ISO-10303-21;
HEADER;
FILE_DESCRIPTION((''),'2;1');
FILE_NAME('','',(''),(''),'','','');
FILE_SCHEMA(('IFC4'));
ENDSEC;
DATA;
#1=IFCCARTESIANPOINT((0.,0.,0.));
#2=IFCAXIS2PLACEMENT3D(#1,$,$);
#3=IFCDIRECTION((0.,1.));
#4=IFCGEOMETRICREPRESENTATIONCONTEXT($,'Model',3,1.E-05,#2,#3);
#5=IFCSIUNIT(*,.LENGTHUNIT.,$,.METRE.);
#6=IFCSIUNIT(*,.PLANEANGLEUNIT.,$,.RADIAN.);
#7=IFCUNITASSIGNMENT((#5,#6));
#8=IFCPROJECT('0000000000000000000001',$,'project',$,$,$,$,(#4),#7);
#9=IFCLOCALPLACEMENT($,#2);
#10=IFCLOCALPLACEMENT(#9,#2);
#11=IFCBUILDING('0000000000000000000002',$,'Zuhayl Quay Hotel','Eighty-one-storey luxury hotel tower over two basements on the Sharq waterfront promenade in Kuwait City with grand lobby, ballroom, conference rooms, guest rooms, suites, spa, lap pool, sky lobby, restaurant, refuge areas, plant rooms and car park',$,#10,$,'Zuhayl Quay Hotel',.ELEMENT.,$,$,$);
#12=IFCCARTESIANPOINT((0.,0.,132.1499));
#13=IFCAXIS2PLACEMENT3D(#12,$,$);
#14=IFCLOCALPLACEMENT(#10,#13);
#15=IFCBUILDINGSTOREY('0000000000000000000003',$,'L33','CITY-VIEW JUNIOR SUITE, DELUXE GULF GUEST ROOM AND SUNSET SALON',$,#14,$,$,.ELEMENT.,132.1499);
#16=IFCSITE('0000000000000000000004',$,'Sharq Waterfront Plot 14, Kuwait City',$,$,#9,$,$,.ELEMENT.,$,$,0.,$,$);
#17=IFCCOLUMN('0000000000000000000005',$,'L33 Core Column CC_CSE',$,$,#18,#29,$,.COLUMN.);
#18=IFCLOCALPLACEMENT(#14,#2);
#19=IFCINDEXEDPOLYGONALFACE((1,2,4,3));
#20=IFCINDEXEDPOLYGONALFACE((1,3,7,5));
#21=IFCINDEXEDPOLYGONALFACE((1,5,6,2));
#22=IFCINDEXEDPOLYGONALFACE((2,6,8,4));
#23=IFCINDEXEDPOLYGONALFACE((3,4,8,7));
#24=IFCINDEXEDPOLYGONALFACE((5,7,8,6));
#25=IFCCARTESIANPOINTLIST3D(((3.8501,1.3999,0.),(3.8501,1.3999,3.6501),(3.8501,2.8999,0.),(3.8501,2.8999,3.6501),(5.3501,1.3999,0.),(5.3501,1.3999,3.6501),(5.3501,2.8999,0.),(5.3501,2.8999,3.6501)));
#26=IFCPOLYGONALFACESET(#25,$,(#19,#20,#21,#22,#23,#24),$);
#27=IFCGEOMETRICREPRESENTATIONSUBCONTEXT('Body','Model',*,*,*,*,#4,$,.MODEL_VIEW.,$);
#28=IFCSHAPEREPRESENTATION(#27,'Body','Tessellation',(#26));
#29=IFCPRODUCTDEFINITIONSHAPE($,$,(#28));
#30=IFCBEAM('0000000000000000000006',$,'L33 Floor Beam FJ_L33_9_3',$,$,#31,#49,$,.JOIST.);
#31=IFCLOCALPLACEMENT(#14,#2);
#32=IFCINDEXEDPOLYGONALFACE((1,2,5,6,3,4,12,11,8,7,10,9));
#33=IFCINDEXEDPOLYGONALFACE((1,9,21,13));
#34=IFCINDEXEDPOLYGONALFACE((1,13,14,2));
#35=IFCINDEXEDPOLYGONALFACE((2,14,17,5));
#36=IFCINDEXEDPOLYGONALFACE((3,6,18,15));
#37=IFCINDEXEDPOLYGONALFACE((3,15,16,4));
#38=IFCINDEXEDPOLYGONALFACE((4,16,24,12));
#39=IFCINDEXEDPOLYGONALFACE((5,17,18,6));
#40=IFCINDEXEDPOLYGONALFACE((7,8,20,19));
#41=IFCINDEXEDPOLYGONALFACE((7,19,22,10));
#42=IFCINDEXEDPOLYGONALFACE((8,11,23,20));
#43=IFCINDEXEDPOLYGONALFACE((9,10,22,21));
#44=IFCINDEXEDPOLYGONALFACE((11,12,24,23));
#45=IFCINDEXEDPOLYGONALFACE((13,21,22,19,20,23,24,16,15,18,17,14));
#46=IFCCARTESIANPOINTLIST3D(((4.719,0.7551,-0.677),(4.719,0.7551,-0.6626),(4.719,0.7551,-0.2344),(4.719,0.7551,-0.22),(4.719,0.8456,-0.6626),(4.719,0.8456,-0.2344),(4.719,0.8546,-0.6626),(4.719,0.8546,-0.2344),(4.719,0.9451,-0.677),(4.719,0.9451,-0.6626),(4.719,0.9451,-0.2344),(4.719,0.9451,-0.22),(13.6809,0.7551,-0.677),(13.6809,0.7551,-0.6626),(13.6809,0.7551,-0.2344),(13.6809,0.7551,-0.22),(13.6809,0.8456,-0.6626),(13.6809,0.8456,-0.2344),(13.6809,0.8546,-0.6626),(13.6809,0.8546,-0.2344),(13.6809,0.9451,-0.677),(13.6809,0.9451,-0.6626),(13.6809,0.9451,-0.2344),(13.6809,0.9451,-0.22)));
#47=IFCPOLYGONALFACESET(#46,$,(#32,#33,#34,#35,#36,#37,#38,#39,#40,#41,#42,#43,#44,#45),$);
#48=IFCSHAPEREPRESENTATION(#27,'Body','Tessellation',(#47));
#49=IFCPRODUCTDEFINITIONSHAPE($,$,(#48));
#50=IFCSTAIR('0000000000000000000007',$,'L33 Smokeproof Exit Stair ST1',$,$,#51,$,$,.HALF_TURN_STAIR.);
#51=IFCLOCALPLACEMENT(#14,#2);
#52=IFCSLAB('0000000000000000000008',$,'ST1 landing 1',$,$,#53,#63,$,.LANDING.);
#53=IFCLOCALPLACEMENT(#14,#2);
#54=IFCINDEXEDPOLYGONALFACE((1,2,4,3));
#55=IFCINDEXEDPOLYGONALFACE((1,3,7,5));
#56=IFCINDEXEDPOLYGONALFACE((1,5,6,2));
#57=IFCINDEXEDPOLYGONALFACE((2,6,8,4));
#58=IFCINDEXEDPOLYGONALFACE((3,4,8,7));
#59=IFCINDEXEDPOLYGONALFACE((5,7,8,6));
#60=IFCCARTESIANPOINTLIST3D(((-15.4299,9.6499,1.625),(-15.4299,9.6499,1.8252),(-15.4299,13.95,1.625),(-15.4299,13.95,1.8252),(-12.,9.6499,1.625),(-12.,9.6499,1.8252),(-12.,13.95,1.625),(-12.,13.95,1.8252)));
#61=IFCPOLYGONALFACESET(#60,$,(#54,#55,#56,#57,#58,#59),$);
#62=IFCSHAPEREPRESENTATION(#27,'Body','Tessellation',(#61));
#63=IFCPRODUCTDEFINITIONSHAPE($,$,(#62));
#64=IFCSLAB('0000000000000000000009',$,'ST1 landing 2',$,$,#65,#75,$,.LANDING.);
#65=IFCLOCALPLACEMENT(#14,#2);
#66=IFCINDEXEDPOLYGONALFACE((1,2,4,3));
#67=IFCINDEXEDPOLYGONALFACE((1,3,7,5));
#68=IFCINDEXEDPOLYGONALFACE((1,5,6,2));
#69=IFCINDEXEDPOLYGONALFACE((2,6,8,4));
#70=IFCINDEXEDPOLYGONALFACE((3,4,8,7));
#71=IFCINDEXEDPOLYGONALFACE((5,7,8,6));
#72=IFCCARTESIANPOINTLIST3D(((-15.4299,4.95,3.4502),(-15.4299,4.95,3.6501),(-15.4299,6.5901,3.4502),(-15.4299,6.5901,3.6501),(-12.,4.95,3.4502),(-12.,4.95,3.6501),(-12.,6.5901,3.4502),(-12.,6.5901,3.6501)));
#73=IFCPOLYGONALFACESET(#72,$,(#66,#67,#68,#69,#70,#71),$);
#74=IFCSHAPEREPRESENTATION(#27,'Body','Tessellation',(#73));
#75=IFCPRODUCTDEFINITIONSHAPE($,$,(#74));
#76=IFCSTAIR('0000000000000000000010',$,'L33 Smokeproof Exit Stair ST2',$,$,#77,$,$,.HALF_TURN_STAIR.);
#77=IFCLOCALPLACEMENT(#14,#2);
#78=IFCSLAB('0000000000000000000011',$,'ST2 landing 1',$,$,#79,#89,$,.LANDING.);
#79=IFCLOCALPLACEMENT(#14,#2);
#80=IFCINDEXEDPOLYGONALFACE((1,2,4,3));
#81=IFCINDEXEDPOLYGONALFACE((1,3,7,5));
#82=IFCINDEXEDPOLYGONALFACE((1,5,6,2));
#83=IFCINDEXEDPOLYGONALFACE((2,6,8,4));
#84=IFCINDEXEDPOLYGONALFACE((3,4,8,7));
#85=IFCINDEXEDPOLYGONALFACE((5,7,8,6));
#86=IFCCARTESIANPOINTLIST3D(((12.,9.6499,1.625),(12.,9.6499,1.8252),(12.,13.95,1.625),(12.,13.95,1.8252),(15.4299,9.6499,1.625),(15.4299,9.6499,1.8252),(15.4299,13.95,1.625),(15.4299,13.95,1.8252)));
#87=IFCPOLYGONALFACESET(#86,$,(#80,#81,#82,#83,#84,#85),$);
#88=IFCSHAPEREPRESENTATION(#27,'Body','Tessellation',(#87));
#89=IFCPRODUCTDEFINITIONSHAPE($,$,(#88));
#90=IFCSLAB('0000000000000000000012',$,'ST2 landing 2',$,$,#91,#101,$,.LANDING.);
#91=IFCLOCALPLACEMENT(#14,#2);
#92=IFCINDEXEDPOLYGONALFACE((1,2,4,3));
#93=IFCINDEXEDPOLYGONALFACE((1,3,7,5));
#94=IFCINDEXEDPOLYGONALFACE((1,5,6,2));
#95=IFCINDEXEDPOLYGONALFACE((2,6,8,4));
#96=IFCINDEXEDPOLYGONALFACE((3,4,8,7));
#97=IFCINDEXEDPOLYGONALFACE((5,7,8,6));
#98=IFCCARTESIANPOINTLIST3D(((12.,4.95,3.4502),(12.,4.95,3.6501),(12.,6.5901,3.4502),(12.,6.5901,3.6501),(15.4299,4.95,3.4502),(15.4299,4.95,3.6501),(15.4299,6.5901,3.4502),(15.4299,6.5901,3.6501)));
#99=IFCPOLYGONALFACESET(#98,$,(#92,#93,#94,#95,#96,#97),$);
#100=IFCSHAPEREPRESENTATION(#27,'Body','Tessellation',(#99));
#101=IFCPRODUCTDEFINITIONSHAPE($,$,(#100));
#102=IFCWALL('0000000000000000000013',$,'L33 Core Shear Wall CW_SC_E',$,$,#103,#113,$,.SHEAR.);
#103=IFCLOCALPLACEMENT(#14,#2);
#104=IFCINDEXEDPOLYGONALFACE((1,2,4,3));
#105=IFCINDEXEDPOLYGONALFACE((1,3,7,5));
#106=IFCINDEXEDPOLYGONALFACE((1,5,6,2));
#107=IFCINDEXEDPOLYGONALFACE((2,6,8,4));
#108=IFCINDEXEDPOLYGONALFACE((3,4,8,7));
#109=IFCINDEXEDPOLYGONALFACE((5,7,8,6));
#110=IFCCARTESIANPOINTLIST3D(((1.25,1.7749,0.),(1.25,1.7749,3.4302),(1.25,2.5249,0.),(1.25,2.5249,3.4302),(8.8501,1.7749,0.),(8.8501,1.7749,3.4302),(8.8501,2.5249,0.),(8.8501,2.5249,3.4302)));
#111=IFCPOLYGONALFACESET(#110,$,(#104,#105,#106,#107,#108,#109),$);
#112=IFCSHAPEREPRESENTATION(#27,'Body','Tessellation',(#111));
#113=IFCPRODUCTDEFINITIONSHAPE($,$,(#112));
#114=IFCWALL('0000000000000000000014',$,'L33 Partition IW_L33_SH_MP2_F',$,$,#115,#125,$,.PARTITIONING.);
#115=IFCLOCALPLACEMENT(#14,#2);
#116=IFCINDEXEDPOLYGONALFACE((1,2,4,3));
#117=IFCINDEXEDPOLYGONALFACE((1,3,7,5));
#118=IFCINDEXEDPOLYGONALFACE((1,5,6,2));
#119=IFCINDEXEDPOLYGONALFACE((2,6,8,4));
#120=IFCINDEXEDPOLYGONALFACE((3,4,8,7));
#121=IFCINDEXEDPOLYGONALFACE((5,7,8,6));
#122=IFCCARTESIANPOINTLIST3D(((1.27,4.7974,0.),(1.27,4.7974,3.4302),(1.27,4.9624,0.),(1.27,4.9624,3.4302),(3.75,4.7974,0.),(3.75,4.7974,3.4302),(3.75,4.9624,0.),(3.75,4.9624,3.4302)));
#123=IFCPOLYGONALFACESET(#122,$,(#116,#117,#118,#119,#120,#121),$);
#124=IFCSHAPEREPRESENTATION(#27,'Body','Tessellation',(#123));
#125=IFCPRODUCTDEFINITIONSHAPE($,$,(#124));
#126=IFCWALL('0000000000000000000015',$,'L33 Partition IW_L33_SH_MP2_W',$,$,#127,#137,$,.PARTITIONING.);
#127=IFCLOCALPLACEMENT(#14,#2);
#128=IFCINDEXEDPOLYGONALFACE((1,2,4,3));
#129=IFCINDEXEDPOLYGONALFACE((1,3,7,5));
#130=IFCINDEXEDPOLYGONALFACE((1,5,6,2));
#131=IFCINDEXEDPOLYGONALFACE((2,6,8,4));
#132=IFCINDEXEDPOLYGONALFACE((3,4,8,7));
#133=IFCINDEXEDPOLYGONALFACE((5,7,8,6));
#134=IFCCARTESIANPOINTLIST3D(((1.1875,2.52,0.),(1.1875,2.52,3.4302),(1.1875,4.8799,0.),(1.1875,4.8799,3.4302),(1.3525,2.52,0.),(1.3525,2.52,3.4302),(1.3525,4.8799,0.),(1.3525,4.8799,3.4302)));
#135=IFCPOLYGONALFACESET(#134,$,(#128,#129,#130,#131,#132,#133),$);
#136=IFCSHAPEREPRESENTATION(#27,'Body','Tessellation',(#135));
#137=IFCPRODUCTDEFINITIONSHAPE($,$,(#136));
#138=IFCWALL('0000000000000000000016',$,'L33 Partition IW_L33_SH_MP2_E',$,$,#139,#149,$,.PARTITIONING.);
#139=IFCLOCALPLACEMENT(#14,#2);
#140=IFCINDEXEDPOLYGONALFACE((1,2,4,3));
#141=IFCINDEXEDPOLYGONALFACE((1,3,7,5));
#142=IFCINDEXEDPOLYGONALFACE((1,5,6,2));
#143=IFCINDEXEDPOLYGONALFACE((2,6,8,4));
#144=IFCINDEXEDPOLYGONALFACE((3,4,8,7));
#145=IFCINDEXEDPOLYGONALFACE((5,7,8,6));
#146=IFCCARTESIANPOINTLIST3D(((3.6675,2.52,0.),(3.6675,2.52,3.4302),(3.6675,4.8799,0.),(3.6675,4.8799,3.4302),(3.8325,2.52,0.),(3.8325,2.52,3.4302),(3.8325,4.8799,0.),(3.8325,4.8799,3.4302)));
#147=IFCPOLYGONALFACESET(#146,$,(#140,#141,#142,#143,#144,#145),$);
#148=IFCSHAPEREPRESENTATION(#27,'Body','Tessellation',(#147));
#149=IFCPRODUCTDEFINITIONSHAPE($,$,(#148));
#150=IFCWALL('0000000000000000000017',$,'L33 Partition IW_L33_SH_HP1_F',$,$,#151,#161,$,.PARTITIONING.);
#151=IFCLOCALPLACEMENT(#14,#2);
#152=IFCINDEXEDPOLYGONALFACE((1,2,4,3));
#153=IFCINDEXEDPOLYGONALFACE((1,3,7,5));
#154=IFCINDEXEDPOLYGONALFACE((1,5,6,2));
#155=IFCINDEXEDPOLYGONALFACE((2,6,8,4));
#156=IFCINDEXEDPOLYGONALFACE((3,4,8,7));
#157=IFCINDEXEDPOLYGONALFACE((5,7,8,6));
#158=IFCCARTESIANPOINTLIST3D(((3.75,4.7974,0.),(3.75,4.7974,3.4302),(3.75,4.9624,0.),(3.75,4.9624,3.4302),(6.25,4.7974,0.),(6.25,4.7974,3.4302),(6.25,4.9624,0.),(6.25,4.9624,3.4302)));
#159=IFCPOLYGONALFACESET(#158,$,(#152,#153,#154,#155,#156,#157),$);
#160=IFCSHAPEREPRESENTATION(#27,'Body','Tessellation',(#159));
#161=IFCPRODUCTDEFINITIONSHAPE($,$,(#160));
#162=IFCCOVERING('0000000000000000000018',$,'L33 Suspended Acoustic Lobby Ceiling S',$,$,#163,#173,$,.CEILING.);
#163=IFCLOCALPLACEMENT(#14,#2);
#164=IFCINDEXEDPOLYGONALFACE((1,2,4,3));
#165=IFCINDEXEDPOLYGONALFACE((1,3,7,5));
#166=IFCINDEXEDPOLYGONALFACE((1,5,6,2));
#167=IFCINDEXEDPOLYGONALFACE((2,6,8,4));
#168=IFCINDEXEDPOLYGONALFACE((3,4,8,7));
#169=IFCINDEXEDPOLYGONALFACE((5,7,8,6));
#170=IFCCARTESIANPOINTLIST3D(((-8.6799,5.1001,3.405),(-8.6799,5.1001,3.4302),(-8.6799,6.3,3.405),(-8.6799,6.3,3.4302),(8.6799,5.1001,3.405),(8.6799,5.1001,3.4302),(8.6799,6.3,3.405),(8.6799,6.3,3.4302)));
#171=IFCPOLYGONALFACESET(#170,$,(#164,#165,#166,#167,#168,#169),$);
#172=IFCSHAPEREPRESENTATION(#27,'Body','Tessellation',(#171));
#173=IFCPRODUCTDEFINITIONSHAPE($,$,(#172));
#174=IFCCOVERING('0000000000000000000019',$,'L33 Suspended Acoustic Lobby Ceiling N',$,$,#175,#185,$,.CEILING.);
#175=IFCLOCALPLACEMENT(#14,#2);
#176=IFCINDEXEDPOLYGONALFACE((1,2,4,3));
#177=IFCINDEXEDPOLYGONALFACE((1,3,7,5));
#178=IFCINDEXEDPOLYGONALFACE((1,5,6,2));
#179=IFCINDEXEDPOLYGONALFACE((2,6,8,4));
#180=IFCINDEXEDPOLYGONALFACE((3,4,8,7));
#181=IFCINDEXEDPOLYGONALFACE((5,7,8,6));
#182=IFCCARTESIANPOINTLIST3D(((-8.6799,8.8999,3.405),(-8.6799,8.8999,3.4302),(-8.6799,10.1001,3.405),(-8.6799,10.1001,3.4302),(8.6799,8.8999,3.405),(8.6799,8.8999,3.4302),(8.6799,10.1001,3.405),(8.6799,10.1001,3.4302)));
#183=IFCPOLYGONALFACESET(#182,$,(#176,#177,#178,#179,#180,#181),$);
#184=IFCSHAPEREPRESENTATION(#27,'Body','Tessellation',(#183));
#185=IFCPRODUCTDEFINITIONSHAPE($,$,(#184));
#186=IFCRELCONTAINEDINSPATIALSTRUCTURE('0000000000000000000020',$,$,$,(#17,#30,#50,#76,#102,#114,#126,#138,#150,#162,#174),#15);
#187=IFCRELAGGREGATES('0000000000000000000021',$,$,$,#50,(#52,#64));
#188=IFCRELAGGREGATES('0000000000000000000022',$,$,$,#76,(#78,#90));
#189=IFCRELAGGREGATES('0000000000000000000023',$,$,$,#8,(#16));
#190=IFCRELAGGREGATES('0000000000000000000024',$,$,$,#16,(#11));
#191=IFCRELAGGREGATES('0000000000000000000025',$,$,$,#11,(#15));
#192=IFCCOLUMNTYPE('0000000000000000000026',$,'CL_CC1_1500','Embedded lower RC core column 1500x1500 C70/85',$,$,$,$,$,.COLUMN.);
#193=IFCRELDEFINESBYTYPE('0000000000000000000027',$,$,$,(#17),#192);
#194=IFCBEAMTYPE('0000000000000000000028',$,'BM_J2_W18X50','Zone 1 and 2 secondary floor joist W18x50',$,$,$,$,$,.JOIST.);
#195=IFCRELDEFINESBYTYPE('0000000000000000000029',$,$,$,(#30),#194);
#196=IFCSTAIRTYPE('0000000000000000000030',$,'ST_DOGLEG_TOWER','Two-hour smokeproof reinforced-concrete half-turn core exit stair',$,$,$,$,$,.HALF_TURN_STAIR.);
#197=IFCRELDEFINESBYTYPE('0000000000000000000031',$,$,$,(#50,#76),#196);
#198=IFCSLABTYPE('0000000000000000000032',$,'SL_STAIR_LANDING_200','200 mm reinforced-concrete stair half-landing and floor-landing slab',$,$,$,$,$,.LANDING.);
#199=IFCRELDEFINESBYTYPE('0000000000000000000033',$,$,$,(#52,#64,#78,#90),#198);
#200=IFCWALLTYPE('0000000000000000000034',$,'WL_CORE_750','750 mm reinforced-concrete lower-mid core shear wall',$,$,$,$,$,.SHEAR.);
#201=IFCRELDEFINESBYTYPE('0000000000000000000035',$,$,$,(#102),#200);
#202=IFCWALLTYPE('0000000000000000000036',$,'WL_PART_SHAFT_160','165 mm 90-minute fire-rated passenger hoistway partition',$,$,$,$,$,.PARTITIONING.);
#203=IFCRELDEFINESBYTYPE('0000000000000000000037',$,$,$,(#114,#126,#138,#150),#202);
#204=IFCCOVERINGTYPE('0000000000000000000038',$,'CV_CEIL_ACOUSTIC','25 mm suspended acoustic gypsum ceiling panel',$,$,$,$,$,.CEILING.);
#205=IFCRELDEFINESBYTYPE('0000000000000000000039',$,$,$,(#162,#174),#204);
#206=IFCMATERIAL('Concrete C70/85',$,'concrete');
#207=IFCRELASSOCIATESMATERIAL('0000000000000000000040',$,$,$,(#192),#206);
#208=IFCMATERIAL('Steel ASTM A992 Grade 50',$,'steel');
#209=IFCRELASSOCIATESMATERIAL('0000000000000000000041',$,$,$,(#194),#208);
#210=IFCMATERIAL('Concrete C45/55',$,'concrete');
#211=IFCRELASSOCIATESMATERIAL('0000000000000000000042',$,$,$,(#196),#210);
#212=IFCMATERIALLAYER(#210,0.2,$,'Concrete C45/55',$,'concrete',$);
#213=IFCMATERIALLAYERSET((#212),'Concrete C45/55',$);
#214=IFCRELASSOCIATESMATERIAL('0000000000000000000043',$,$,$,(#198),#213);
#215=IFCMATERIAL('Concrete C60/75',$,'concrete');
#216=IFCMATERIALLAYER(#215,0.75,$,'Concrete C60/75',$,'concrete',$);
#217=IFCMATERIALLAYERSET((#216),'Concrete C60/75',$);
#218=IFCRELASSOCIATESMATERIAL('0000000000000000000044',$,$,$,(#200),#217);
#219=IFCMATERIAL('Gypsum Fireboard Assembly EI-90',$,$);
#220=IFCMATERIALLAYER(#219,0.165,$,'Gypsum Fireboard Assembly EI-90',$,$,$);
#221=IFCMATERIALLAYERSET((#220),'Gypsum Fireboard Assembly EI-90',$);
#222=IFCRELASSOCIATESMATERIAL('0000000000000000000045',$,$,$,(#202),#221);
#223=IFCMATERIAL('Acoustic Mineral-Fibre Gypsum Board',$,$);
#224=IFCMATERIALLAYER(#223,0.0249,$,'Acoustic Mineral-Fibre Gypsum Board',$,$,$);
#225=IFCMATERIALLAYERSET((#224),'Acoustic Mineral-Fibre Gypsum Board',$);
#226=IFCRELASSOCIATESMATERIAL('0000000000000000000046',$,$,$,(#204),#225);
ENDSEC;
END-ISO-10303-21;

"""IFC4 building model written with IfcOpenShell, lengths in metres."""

from ifc_helpers import new_model, si_unit, direction, frame, frame_2d, origin, origin_2d, place, context, subcontext, project, spatial, polyline, rectangle, i_section, outline, extrude, material, layer, layer_set, material_profile, profile_set, type_object, element, aggregate, save


model = new_model("IFC4")

# Units and contexts
model_context = context("Model", 3, precision=1e-05, world=origin(), true_north=direction((0.0, 1.0)))
body_context = subcontext(model_context, "Body", "Model", "MODEL_VIEW")
ifc_project = project(units=[si_unit("LENGTHUNIT", "METRE"), si_unit("PLANEANGLEUNIT", "RADIAN")], contexts=[model_context])

# Site, building, storey
site_placement = place(None, origin())
site = spatial("IfcSite", under=ifc_project, at=site_placement, Name="Sharq Waterfront Plot 14, Kuwait City", CompositionType="ELEMENT", RefElevation=0.0)
building_placement = place(site_placement, origin())
building = spatial("IfcBuilding", under=site, at=building_placement, Name="Zuhayl Quay Hotel", Description="Eighty-one-storey luxury hotel tower over two basements on the Sharq waterfront promenade in Kuwait City with grand lobby, ballroom, conference rooms, guest rooms, suites, spa, lap pool, sky lobby, restaurant, refuge areas, plant rooms and car park", LongName="Zuhayl Quay Hotel", CompositionType="ELEMENT")
storey_placement = place(building_placement, frame((0.0, 0.0, 132.1499)))
storey = spatial("IfcBuildingStorey", under=building, at=storey_placement, Name="L33", Description="CITY-VIEW JUNIOR SUITE, DELUXE GULF GUEST ROOM AND SUNSET SALON", CompositionType="ELEMENT", Elevation=132.1499)

# Column
ifc_material_1 = material(Name="Concrete C70/85", Category="concrete")
ifc_material_profile_1 = material_profile(ifc_material_1, rectangle(XDim=1.5, YDim=1.5, at=origin_2d()), Name="RC1500X1500")
ifc_profile_set_1 = profile_set([ifc_material_profile_1], Name="Concrete C70/85")
column_type = type_object("IfcColumnType", Name="CL_CC1_1500", Description="Embedded lower RC core column 1500x1500 C70/85", PredefinedType="COLUMN", material=ifc_profile_set_1)
column_placement = place(storey_placement, frame((4.6001, 2.1499, 0.0), z_axis=(0.0, 0.0, 1.0), x_axis=(1.0, 0.0, 0.0)))
element("IfcColumn", 1, at=column_placement, inside=storey, type_object=column_type, Name="L33 Core Column CC_CSE", PredefinedType="COLUMN", context=body_context, shape_type="SweptSolid", body=[
    extrude(rectangle(XDim=1.5, YDim=1.5, at=origin_2d()), origin(), (0.0, 0.0, 1.0), 3.6501),
])

# Beam
ifc_material_2 = material(Name="Steel ASTM A992 Grade 50", Category="steel")
ifc_material_profile_2 = material_profile(ifc_material_2, i_section(OverallWidth=0.1899, OverallDepth=0.457, WebThickness=0.009, FlangeThickness=0.0144, at=origin_2d()), Name="W18X50")
ifc_profile_set_2 = profile_set([ifc_material_profile_2], Name="Steel ASTM A992 Grade 50")
beam_type = type_object("IfcBeamType", Name="BM_J2_W18X50", Description="Zone 1 and 2 secondary floor joist W18x50", PredefinedType="JOIST", material=ifc_profile_set_2)
beam_placement = place(storey_placement, frame((4.719, 0.8501, -0.4485), z_axis=(1.0, 0.0, 0.0), x_axis=(0.0, 1.0, 0.0)))
element("IfcBeam", 2, at=beam_placement, inside=storey, type_object=beam_type, Name="L33 Floor Beam FJ_L33_9_3", PredefinedType="JOIST", context=body_context, shape_type="SweptSolid", body=[
    extrude(i_section(OverallWidth=0.1899, OverallDepth=0.457, WebThickness=0.009, FlangeThickness=0.0144, at=origin_2d()), origin(), (0.0, 0.0, 1.0), 8.9619),
])

# Stairs, slabs
ifc_material_3 = material(Name="Concrete C45/55", Category="concrete")
stair_type = type_object("IfcStairType", Name="ST_DOGLEG_TOWER", Description="Two-hour smokeproof reinforced-concrete half-turn core exit stair", PredefinedType="HALF_TURN_STAIR", material=ifc_material_3)
stair_1_placement = place(storey_placement, origin())
stair_1 = element("IfcStair", 3, at=stair_1_placement, inside=storey, type_object=stair_type, Name="L33 Smokeproof Exit Stair ST1", PredefinedType="HALF_TURN_STAIR")
ifc_layer_1 = layer(ifc_material_3, 0.2, Name="Concrete C45/55", Category="concrete")
ifc_layer_set_1 = layer_set([ifc_layer_1], Name="Concrete C45/55")
slab_type = type_object("IfcSlabType", Name="SL_STAIR_LANDING_200", Description="200 mm reinforced-concrete stair half-landing and floor-landing slab", PredefinedType="LANDING", material=ifc_layer_set_1)
slab_1_placement = place(storey_placement, frame((0.0, 0.0, 1.625)))
slab_1 = element("IfcSlab", 4, at=slab_1_placement, type_object=slab_type, Name="ST1 landing 1", PredefinedType="LANDING", context=body_context, shape_type="SweptSolid", body=[
    extrude(outline(polyline([(-12.0, 9.6499), (-12.0, 13.95), (-15.4299, 13.95), (-15.4299, 9.6499), (-12.0, 9.6499)])), origin(), (0.0, 0.0, 1.0), 0.2002),
])
slab_2_placement = place(storey_placement, frame((0.0, 0.0, 3.4502)))
slab_2 = element("IfcSlab", 5, at=slab_2_placement, type_object=slab_type, Name="ST1 landing 2", PredefinedType="LANDING", context=body_context, shape_type="SweptSolid", body=[
    extrude(outline(polyline([(-12.0, 4.95), (-12.0, 6.5901), (-15.4299, 6.5901), (-15.4299, 4.95), (-12.0, 4.95)])), origin(), (0.0, 0.0, 1.0), 0.2),
])
aggregate(stair_1, [slab_1, slab_2])
stair_2_placement = place(storey_placement, origin())
stair_2 = element("IfcStair", 6, at=stair_2_placement, inside=storey, type_object=stair_type, Name="L33 Smokeproof Exit Stair ST2", PredefinedType="HALF_TURN_STAIR")
slab_3_placement = place(storey_placement, frame((0.0, 0.0, 1.625)))
slab_3 = element("IfcSlab", 7, at=slab_3_placement, type_object=slab_type, Name="ST2 landing 1", PredefinedType="LANDING", context=body_context, shape_type="SweptSolid", body=[
    extrude(outline(polyline([(15.4299, 9.6499), (15.4299, 13.95), (12.0, 13.95), (12.0, 9.6499), (15.4299, 9.6499)])), origin(), (0.0, 0.0, 1.0), 0.2002),
])
slab_4_placement = place(storey_placement, frame((0.0, 0.0, 3.4502)))
slab_4 = element("IfcSlab", 8, at=slab_4_placement, type_object=slab_type, Name="ST2 landing 2", PredefinedType="LANDING", context=body_context, shape_type="SweptSolid", body=[
    extrude(outline(polyline([(15.4299, 4.95), (15.4299, 6.5901), (12.0, 6.5901), (12.0, 4.95), (15.4299, 4.95)])), origin(), (0.0, 0.0, 1.0), 0.2),
])
aggregate(stair_2, [slab_3, slab_4])

# Walls
ifc_material_4 = material(Name="Concrete C60/75", Category="concrete")
ifc_layer_2 = layer(ifc_material_4, 0.75, Name="Concrete C60/75", Category="concrete")
ifc_layer_set_2 = layer_set([ifc_layer_2], Name="Concrete C60/75")
wall_type_1 = type_object("IfcWallType", Name="WL_CORE_750", Description="750 mm reinforced-concrete lower-mid core shear wall", PredefinedType="SHEAR", material=ifc_layer_set_2)
wall_1_placement = place(storey_placement, frame((1.25, 2.1499, 0.0), z_axis=(0.0, 0.0, 1.0), x_axis=(1.0, 0.0, 0.0)))
element("IfcWall", 9, at=wall_1_placement, inside=storey, type_object=wall_type_1, Name="L33 Core Shear Wall CW_SC_E", PredefinedType="SHEAR", context=body_context, shape_type="SweptSolid", body=[
    extrude(rectangle(XDim=7.6001, YDim=0.75, at=frame_2d((3.8, 0.0))), origin(), (0.0, 0.0, 1.0), 3.4302),
])
ifc_material_5 = material(Name="Gypsum Fireboard Assembly EI-90")
ifc_layer_3 = layer(ifc_material_5, 0.165, Name="Gypsum Fireboard Assembly EI-90")
ifc_layer_set_3 = layer_set([ifc_layer_3], Name="Gypsum Fireboard Assembly EI-90")
wall_type_2 = type_object("IfcWallType", Name="WL_PART_SHAFT_160", Description="165 mm 90-minute fire-rated passenger hoistway partition", PredefinedType="PARTITIONING", material=ifc_layer_set_3)
wall_2_placement = place(storey_placement, frame((1.27, 4.8799, 0.0), z_axis=(0.0, 0.0, 1.0), x_axis=(1.0, 0.0, 0.0)))
element("IfcWall", 10, at=wall_2_placement, inside=storey, type_object=wall_type_2, Name="L33 Partition IW_L33_SH_MP2_F", PredefinedType="PARTITIONING", context=body_context, shape_type="SweptSolid", body=[
    extrude(rectangle(XDim=2.48, YDim=0.165, at=frame_2d((1.24, 0.0))), origin(), (0.0, 0.0, 1.0), 3.4302),
])
for number, where, z_axis, x_axis, name in (
    (11, (1.27, 2.52, 0.0), (0.0, 0.0, 1.0), (0.0, 1.0, 0.0), "L33 Partition IW_L33_SH_MP2_W"),
    (12, (3.75, 2.52, 0.0), (0.0, 0.0, 1.0), (0.0, 1.0, 0.0), "L33 Partition IW_L33_SH_MP2_E"),
):
    element("IfcWall", number, at=place(storey_placement, frame(where, z_axis=z_axis, x_axis=x_axis)), inside=storey, type_object=wall_type_2, Name=name, PredefinedType="PARTITIONING", context=body_context, shape_type="SweptSolid", body=[
        extrude(rectangle(XDim=2.3599, YDim=0.165, at=frame_2d((1.1799, 0.0))), origin(), (0.0, 0.0, 1.0), 3.4302),
    ])
wall_3_placement = place(storey_placement, frame((3.75, 4.8799, 0.0), z_axis=(0.0, 0.0, 1.0), x_axis=(1.0, 0.0, 0.0)))
element("IfcWall", 13, at=wall_3_placement, inside=storey, type_object=wall_type_2, Name="L33 Partition IW_L33_SH_HP1_F", PredefinedType="PARTITIONING", context=body_context, shape_type="SweptSolid", body=[
    extrude(rectangle(XDim=2.5, YDim=0.165, at=frame_2d((1.25, 0.0))), origin(), (0.0, 0.0, 1.0), 3.4302),
])

# Coverings
ifc_material_6 = material(Name="Acoustic Mineral-Fibre Gypsum Board")
ifc_layer_4 = layer(ifc_material_6, 0.0249, Name="Acoustic Mineral-Fibre Gypsum Board")
ifc_layer_set_4 = layer_set([ifc_layer_4], Name="Acoustic Mineral-Fibre Gypsum Board")
covering_type_1 = type_object("IfcCoveringType", Name="CV_CEIL_ACOUSTIC", Description="25 mm suspended acoustic gypsum ceiling panel", PredefinedType="CEILING", material=ifc_layer_set_4)
covering_1_placement = place(storey_placement, frame((0.0, 0.0, 3.405)))
element("IfcCovering", 14, at=covering_1_placement, inside=storey, type_object=covering_type_1, Name="L33 Suspended Acoustic Lobby Ceiling S", PredefinedType="CEILING", context=body_context, shape_type="SweptSolid", body=[
    extrude(outline(polyline([(-8.6799, 5.1001), (8.6799, 5.1001), (8.6799, 6.3), (-8.6799, 6.3), (-8.6799, 5.1001)])), origin(), (0.0, 0.0, 1.0), 0.0251),
])
covering_2_placement = place(storey_placement, frame((0.0, 0.0, 3.405)))
element("IfcCovering", 15, at=covering_2_placement, inside=storey, type_object=covering_type_1, Name="L33 Suspended Acoustic Lobby Ceiling N", PredefinedType="CEILING", context=body_context, shape_type="SweptSolid", body=[
    extrude(outline(polyline([(-8.6799, 8.8999), (8.6799, 8.8999), (8.6799, 10.1001), (-8.6799, 10.1001), (-8.6799, 8.8999)])), origin(), (0.0, 0.0, 1.0), 0.0251),
])

save(model, "model.ifc")
